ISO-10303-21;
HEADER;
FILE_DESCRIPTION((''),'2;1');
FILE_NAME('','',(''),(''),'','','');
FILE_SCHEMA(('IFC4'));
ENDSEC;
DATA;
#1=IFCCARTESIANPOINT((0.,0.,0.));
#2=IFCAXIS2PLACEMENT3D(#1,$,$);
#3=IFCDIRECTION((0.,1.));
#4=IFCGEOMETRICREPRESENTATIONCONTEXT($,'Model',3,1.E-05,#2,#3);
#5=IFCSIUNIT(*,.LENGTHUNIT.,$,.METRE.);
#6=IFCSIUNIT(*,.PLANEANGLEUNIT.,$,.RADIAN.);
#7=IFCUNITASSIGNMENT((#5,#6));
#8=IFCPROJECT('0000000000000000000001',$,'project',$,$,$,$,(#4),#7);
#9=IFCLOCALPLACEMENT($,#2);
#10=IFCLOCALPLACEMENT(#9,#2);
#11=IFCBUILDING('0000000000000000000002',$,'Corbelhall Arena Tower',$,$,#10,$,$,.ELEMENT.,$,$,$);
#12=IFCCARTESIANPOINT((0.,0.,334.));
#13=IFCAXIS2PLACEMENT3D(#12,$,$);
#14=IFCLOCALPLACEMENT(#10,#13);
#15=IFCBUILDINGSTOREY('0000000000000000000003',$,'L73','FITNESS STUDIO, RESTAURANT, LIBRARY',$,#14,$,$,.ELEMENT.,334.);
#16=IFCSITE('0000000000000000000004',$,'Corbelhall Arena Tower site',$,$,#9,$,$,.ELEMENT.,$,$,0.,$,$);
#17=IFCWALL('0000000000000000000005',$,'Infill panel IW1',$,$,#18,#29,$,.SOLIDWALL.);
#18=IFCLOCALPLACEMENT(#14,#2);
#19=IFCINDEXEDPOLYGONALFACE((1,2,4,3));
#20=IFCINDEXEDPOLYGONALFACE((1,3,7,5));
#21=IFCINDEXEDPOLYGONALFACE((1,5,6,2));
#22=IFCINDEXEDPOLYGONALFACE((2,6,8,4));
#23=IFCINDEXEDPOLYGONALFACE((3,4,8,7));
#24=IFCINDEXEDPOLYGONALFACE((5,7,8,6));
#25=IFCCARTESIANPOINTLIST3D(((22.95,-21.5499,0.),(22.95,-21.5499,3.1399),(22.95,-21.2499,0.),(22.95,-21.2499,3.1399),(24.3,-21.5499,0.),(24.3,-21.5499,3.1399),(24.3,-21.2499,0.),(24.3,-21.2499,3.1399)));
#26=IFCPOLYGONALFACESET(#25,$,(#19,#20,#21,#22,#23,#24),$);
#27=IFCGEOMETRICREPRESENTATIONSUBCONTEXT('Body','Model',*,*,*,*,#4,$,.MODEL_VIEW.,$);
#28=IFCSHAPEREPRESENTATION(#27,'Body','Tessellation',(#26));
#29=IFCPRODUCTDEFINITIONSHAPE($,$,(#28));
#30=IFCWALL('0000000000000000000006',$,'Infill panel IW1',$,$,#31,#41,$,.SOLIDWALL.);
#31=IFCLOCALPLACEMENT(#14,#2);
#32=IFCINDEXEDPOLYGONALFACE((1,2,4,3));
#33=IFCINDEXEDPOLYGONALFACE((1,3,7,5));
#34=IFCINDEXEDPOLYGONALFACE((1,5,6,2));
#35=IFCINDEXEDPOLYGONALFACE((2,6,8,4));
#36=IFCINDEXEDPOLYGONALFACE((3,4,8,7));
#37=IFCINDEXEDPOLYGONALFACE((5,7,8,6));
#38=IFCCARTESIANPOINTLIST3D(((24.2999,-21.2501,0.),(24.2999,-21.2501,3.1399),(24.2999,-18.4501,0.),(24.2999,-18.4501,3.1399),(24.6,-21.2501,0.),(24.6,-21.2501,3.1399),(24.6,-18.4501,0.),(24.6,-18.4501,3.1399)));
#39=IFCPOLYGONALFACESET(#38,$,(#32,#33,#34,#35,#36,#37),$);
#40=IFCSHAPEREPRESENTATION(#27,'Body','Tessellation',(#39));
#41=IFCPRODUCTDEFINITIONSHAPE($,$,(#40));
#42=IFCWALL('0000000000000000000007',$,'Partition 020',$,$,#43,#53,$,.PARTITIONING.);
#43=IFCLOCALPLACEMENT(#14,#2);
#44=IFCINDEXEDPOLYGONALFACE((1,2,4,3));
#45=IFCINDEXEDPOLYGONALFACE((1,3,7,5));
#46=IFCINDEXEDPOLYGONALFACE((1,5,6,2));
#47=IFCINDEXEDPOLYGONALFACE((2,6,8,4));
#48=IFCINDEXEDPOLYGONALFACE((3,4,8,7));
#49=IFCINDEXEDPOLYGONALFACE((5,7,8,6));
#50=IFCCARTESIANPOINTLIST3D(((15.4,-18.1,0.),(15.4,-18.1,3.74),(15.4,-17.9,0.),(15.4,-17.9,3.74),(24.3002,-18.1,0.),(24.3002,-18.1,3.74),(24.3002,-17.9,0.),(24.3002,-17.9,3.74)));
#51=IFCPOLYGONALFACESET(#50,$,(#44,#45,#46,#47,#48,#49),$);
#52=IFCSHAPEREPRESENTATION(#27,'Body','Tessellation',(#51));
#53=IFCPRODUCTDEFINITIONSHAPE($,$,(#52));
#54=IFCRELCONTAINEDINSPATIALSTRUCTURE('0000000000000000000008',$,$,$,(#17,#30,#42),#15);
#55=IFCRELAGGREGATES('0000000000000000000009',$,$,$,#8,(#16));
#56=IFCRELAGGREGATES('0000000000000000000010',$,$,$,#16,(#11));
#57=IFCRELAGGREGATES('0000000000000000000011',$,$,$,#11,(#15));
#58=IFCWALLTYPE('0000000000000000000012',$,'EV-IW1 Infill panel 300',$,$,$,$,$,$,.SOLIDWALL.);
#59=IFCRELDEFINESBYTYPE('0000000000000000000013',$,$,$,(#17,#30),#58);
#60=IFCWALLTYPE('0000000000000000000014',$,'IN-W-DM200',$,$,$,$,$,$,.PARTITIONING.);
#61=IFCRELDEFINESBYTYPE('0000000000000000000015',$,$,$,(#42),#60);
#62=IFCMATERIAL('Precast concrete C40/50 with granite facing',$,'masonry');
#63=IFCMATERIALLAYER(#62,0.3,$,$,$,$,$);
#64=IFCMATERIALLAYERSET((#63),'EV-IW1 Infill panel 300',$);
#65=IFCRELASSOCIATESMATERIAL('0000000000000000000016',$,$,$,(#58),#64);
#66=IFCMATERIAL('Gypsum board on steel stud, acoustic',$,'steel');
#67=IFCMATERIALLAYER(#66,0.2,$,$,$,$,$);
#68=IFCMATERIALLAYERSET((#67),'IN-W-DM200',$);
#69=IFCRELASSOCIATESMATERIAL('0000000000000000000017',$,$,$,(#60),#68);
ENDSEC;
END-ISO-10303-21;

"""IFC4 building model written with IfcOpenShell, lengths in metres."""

from ifc_helpers import new_model, si_unit, direction, frame, frame_2d, origin, place, context, subcontext, project, spatial, rectangle, extrude, material, layer, layer_set, type_object, element, save


model = new_model("IFC4")

# Units and contexts
model_context = context("Model", 3, precision=1e-05, world=origin(), true_north=direction((0.0, 1.0)))
body_context = subcontext(model_context, "Body", "Model", "MODEL_VIEW")
ifc_project = project(units=[si_unit("LENGTHUNIT", "METRE"), si_unit("PLANEANGLEUNIT", "RADIAN")], contexts=[model_context])

# Site, building, storey
site_placement = place(None, origin())
site = spatial("IfcSite", under=ifc_project, at=site_placement, Name="Corbelhall Arena Tower site", CompositionType="ELEMENT", RefElevation=0.0)
building_placement = place(site_placement, origin())
building = spatial("IfcBuilding", under=site, at=building_placement, Name="Corbelhall Arena Tower", CompositionType="ELEMENT")
storey_placement = place(building_placement, frame((0.0, 0.0, 334.0)))
storey = spatial("IfcBuildingStorey", under=building, at=storey_placement, Name="L73", Description="FITNESS STUDIO, RESTAURANT, LIBRARY", CompositionType="ELEMENT", Elevation=334.0)

# Shared definitions
ifc_material_1 = material(Name="Precast concrete C40/50 with granite facing", Category="masonry")
ifc_layer_1 = layer(ifc_material_1, 0.3)
ifc_layer_set_1 = layer_set([ifc_layer_1], Name="EV-IW1 Infill panel 300")
wall_type_1 = type_object("IfcWallType", Name="EV-IW1 Infill panel 300", PredefinedType="SOLIDWALL", material=ifc_layer_set_1)

# Walls
wall_1_placement = place(storey_placement, frame((22.95, -21.3999, 0.0), z_axis=(0.0, 0.0, 1.0), x_axis=(1.0, 0.0, 0.0)))
element("IfcWall", 1, at=wall_1_placement, inside=storey, type_object=wall_type_1, Name="Infill panel IW1", PredefinedType="SOLIDWALL", context=body_context, shape_type="SweptSolid", body=[
    extrude(rectangle(XDim=1.3501, YDim=0.3, at=frame_2d((0.675, 0.0))), origin(), (0.0, 0.0, 1.0), 3.1399),
])
wall_2_placement = place(storey_placement, frame((24.45, -21.25, 0.0), z_axis=(0.0, 0.0, 1.0), x_axis=(0.0, 1.0, 0.0)))
element("IfcWall", 2, at=wall_2_placement, inside=storey, type_object=wall_type_1, Name="Infill panel IW1", PredefinedType="SOLIDWALL", context=body_context, shape_type="SweptSolid", body=[
    extrude(rectangle(XDim=2.8, YDim=0.3, at=frame_2d((1.3999, 0.0))), origin(), (0.0, 0.0, 1.0), 3.1399),
])

# Shared definitions
ifc_material_2 = material(Name="Gypsum board on steel stud, acoustic", Category="steel")
ifc_layer_2 = layer(ifc_material_2, 0.2)
ifc_layer_set_2 = layer_set([ifc_layer_2], Name="IN-W-DM200")
wall_type_2 = type_object("IfcWallType", Name="IN-W-DM200", PredefinedType="PARTITIONING", material=ifc_layer_set_2)

# Wall
wall_3_placement = place(storey_placement, frame((15.3999, -18.0, 0.0), z_axis=(0.0, 0.0, 1.0), x_axis=(1.0, 0.0, 0.0)))
element("IfcWall", 3, at=wall_3_placement, inside=storey, type_object=wall_type_2, Name="Partition 020", PredefinedType="PARTITIONING", context=body_context, shape_type="SweptSolid", body=[
    extrude(rectangle(XDim=8.9001, YDim=0.2, at=frame_2d((4.4502, 0.0))), origin(), (0.0, 0.0, 1.0), 3.74),
])

save(model, "model.ifc")
